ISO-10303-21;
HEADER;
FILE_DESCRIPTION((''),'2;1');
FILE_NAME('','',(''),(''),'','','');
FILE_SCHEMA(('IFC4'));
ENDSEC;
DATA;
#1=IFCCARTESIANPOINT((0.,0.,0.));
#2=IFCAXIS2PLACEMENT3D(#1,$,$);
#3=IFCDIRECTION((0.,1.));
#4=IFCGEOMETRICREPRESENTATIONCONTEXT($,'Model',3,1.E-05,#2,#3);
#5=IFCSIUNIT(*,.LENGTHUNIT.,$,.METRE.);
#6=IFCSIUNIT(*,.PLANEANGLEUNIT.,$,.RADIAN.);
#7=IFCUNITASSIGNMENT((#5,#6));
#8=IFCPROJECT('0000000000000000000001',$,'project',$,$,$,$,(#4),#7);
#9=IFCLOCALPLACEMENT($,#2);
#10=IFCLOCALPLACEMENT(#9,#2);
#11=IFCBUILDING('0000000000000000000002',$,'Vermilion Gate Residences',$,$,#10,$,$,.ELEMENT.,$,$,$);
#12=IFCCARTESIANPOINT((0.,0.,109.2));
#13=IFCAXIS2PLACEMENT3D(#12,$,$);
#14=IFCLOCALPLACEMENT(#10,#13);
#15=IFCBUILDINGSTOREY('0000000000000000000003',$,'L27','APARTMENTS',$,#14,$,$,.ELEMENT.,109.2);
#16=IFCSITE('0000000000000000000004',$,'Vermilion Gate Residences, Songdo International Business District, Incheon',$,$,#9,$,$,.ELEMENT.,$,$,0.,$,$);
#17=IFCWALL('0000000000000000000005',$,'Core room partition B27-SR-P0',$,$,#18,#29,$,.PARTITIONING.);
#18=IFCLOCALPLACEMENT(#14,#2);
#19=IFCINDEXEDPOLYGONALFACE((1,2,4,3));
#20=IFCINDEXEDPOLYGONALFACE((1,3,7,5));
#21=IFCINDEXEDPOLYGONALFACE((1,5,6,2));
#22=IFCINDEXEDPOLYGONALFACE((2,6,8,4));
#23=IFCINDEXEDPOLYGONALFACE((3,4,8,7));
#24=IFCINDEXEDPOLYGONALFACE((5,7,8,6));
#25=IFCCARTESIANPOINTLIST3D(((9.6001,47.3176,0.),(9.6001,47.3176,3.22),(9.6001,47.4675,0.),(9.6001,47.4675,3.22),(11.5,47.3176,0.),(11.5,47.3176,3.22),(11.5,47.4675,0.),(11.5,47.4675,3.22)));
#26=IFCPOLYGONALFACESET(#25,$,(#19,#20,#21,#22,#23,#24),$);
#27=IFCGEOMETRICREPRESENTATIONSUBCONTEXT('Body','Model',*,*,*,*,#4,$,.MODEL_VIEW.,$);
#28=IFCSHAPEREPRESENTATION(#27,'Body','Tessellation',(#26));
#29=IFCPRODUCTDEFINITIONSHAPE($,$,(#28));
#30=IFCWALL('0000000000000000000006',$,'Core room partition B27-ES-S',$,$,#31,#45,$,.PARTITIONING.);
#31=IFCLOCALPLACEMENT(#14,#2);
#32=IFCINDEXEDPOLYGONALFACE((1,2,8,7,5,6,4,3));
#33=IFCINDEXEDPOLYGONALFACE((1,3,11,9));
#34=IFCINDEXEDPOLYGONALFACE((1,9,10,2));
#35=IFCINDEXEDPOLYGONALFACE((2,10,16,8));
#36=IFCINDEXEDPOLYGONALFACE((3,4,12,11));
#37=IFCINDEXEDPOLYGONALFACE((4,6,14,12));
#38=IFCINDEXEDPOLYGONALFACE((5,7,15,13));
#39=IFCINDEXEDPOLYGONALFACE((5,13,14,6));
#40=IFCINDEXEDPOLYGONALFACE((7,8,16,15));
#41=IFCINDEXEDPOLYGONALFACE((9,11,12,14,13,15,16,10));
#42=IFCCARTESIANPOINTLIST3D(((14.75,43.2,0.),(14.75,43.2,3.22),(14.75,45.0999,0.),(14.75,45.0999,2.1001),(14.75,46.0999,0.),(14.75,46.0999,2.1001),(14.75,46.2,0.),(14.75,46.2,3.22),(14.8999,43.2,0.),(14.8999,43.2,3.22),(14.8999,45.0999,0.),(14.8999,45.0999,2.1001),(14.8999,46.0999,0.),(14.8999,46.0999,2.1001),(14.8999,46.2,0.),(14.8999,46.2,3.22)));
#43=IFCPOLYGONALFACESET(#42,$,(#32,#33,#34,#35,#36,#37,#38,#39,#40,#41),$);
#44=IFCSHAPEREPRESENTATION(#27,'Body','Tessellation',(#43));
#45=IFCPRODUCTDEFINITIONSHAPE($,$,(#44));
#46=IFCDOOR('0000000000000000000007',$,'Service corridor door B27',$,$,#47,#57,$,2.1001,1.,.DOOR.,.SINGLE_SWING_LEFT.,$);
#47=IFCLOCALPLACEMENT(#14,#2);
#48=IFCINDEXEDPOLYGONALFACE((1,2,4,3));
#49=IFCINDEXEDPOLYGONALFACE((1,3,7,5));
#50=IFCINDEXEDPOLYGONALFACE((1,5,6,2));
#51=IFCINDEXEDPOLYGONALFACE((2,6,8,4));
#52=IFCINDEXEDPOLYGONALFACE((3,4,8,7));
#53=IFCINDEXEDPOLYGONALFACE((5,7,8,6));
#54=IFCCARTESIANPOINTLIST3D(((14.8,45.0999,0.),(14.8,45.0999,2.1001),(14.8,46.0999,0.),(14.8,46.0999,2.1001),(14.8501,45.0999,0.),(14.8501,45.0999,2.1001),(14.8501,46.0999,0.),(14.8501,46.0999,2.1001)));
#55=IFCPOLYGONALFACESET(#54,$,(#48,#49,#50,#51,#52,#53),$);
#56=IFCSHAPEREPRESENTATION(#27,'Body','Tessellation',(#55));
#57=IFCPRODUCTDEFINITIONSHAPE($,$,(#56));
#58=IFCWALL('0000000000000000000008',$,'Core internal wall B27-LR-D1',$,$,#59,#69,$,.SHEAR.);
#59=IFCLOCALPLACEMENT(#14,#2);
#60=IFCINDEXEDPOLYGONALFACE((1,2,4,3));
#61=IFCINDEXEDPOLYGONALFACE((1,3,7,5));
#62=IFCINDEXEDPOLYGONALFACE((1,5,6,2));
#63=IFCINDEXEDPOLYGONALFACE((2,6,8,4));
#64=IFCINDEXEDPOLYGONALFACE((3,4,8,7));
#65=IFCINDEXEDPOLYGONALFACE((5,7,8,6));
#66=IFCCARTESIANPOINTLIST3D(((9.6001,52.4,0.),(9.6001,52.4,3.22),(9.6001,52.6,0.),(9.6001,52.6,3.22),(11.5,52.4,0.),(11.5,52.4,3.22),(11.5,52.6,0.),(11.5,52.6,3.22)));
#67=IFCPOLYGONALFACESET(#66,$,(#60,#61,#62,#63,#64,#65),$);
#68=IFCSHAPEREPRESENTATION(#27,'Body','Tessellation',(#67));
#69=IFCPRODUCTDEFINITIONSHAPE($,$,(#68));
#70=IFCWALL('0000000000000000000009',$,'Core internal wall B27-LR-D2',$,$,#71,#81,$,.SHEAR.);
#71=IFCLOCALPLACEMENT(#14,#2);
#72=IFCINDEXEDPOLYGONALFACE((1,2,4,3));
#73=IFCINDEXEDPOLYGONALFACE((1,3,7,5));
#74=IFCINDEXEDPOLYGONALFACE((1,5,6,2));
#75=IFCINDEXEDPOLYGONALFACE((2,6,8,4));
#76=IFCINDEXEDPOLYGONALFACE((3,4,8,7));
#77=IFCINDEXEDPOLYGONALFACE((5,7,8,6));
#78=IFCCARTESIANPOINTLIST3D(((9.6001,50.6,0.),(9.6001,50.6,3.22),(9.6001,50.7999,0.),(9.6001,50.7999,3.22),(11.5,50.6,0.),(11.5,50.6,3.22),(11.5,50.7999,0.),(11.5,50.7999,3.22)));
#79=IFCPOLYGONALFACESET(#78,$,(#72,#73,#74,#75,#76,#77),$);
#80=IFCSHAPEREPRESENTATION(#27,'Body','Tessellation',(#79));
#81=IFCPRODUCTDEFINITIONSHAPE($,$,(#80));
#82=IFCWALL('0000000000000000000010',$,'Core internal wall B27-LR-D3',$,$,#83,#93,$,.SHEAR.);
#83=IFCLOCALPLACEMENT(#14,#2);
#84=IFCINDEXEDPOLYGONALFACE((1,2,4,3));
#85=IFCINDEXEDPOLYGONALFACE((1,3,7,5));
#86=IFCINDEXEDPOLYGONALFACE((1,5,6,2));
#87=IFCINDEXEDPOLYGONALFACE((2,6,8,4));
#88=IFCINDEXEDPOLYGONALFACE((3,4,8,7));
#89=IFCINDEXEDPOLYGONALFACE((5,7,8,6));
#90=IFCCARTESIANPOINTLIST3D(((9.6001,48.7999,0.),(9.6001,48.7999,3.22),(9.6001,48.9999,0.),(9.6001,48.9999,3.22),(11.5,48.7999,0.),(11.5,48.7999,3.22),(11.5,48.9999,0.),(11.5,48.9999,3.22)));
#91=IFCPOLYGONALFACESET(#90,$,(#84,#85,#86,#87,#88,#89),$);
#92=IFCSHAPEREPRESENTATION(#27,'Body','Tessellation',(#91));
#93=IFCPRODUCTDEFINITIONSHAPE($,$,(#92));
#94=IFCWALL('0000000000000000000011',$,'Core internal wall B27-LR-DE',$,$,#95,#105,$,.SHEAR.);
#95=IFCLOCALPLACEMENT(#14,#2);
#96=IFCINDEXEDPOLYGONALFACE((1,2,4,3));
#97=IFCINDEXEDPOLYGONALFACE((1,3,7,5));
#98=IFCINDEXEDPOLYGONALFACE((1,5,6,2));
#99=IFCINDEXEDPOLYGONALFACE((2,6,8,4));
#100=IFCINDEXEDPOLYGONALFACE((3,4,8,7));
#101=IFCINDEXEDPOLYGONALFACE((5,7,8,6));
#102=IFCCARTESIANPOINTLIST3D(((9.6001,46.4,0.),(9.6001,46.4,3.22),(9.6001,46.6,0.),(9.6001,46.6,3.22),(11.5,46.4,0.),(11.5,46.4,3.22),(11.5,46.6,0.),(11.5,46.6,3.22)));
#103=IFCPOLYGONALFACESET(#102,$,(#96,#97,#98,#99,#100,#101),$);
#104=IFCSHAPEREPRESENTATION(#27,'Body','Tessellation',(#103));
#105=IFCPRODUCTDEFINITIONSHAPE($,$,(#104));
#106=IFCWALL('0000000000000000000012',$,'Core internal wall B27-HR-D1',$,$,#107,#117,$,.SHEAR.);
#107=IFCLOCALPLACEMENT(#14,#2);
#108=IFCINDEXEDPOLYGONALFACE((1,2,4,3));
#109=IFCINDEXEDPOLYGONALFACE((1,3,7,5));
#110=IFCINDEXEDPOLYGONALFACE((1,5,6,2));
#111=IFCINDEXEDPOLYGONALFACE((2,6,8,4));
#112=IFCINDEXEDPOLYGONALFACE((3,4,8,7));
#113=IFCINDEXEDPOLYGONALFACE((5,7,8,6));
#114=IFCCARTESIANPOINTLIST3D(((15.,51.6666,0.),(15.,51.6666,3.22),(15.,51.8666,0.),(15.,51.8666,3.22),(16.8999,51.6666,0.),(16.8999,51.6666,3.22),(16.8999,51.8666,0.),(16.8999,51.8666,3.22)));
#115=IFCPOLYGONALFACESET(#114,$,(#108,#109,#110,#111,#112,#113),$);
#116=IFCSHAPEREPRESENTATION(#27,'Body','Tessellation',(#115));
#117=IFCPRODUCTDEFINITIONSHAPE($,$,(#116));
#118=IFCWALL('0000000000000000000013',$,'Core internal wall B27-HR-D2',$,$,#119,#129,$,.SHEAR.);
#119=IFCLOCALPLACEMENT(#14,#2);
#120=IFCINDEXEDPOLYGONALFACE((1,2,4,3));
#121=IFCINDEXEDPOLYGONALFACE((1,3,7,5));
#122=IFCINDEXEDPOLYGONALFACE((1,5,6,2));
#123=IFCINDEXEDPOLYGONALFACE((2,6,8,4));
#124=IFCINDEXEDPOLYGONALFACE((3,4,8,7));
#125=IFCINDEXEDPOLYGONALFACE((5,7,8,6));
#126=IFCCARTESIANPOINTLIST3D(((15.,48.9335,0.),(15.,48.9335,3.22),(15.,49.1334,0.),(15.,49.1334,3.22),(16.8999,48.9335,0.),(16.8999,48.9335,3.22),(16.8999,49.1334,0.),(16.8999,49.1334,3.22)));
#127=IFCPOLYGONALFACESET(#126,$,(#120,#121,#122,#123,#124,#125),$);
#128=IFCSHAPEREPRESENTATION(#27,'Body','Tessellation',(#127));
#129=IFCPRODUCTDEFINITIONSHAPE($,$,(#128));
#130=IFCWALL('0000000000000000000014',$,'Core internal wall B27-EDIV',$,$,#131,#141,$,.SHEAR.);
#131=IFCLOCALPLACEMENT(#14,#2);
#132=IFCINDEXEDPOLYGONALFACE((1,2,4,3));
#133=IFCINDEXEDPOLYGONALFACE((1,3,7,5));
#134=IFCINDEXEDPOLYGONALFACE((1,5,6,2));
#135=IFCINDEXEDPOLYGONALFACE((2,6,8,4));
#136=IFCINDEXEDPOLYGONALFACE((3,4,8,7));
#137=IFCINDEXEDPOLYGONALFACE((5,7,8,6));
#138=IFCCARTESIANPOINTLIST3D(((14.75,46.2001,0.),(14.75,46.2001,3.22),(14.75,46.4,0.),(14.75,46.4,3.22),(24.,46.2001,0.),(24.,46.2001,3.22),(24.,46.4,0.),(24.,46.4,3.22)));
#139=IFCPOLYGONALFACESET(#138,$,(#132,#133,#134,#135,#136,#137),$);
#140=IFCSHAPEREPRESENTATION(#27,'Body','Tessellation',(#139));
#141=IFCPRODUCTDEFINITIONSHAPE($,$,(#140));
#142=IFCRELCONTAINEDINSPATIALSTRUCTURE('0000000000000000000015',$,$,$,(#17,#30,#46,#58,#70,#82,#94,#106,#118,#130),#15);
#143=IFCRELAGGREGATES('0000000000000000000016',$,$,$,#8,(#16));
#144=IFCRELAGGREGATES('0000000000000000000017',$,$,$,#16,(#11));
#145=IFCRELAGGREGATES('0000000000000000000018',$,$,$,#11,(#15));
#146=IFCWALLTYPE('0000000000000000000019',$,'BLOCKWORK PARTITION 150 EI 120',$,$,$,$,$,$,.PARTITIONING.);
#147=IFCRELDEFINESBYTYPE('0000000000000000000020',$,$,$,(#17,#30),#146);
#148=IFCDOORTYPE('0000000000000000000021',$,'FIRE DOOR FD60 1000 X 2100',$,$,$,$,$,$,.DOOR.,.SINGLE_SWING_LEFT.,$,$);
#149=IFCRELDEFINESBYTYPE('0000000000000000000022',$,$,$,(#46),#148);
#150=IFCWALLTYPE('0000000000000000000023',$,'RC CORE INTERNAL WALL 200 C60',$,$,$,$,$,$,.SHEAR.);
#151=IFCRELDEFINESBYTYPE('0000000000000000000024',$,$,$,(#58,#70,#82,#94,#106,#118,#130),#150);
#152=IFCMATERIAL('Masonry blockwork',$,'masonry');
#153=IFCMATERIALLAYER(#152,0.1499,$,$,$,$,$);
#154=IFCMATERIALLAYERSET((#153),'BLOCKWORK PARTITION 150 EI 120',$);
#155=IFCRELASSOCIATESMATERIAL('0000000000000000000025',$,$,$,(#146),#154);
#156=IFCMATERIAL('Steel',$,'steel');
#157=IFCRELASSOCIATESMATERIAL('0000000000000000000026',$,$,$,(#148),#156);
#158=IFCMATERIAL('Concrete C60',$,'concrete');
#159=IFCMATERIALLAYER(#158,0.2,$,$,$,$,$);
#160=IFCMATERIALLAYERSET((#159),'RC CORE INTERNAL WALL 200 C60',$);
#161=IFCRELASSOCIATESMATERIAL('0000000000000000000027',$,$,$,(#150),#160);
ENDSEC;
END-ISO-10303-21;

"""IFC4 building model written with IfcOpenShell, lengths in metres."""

from ifc_helpers import new_model, si_unit, direction, frame, frame_2d, origin, place, context, subcontext, project, spatial, rectangle, extrude, material, layer, layer_set, type_object, element, fill, save


model = new_model("IFC4")

# Units and contexts
model_context = context("Model", 3, precision=1e-05, world=origin(), true_north=direction((0.0, 1.0)))
body_context = subcontext(model_context, "Body", "Model", "MODEL_VIEW")
ifc_project = project(units=[si_unit("LENGTHUNIT", "METRE"), si_unit("PLANEANGLEUNIT", "RADIAN")], contexts=[model_context])

# Site, building, storey
site_placement = place(None, origin())
site = spatial("IfcSite", under=ifc_project, at=site_placement, Name="Vermilion Gate Residences, Songdo International Business District, Incheon", CompositionType="ELEMENT", RefElevation=0.0)
building_placement = place(site_placement, origin())
building = spatial("IfcBuilding", under=site, at=building_placement, Name="Vermilion Gate Residences", CompositionType="ELEMENT")
storey_placement = place(building_placement, frame((0.0, 0.0, 109.2)))
storey = spatial("IfcBuildingStorey", under=building, at=storey_placement, Name="L27", Description="APARTMENTS", CompositionType="ELEMENT", Elevation=109.2)

# Wall
ifc_material_1 = material(Name="Masonry blockwork", Category="masonry")
ifc_layer_1 = layer(ifc_material_1, 0.1499)
ifc_layer_set_1 = layer_set([ifc_layer_1], Name="BLOCKWORK PARTITION 150 EI 120")
wall_type_1 = type_object("IfcWallType", Name="BLOCKWORK PARTITION 150 EI 120", PredefinedType="PARTITIONING", material=ifc_layer_set_1)
wall_1_placement = place(storey_placement, frame((9.6001, 47.3926, 0.0), z_axis=(0.0, 0.0, 1.0), x_axis=(1.0, 0.0, 0.0)))
element("IfcWall", 1, at=wall_1_placement, inside=storey, type_object=wall_type_1, Name="Core room partition B27-SR-P0", PredefinedType="PARTITIONING", context=body_context, shape_type="SweptSolid", body=[
    extrude(rectangle(XDim=1.8999, YDim=0.1499, at=frame_2d((0.95, 0.0))), origin(), (0.0, 0.0, 1.0), 3.22),
])

# Wall, opening, door
wall_2_placement = place(storey_placement, frame((14.825, 46.2, 0.0), z_axis=(0.0, 0.0, 1.0), x_axis=(0.0, -1.0, 0.0)))
wall_2 = element("IfcWall", 2, at=wall_2_placement, inside=storey, type_object=wall_type_1, Name="Core room partition B27-ES-S", PredefinedType="PARTITIONING", context=body_context, shape_type="SweptSolid", body=[
    extrude(rectangle(XDim=3.0, YDim=0.1499, at=frame_2d((1.5, 0.0))), origin(), (0.0, 0.0, 1.0), 3.22),
])
opening_placement = place(wall_2_placement, frame((0.1001, 0.0, 0.0)))
opening = element("IfcOpeningElement", 3, at=opening_placement, cuts=wall_2, PredefinedType="OPENING", context=body_context, shape_type="SweptSolid", body=[
    extrude(rectangle(XDim=1.0, YDim=2.1001, at=frame_2d((0.5, 1.05))), frame((0.0, 0.085, 0.0), z_axis=(0.0, -1.0, 0.0), x_axis=(1.0, 0.0, 0.0)), (0.0, 0.0, 1.0), 0.1699),
])
ifc_material_2 = material(Name="Steel", Category="steel")
door_type = type_object("IfcDoorType", Name="FIRE DOOR FD60 1000 X 2100", OperationType="SINGLE_SWING_LEFT", PredefinedType="DOOR", material=ifc_material_2)
door_placement = place(opening_placement, frame((1.0, 0.0, 0.0), z_axis=(0.0, 0.0, 1.0), x_axis=(-1.0, 0.0, 0.0)))
door = element("IfcDoor", 4, at=door_placement, inside=storey, type_object=door_type, Name="Service corridor door B27", OperationType="SINGLE_SWING_LEFT", OverallHeight=2.1001, OverallWidth=1.0, PredefinedType="DOOR", context=body_context, shape_type="SweptSolid", body=[
    extrude(rectangle(XDim=1.0, YDim=2.1001, at=frame_2d((0.5, 1.05))), frame((0.0, 0.0249, 0.0), z_axis=(0.0, -1.0, 0.0), x_axis=(1.0, 0.0, 0.0)), (0.0, 0.0, 1.0), 0.05),
])
fill(opening, door)

# Walls
ifc_material_3 = material(Name="Concrete C60", Category="concrete")
ifc_layer_2 = layer(ifc_material_3, 0.2)
ifc_layer_set_2 = layer_set([ifc_layer_2], Name="RC CORE INTERNAL WALL 200 C60")
wall_type_2 = type_object("IfcWallType", Name="RC CORE INTERNAL WALL 200 C60", PredefinedType="SHEAR", material=ifc_layer_set_2)
for number, where, z_axis, x_axis, name in (
    (5, (9.6001, 52.5, 0.0), (0.0, 0.0, 1.0), (1.0, 0.0, 0.0), "Core internal wall B27-LR-D1"),
    (6, (9.6001, 50.7, 0.0), (0.0, 0.0, 1.0), (1.0, 0.0, 0.0), "Core internal wall B27-LR-D2"),
    (7, (9.6001, 48.8999, 0.0), (0.0, 0.0, 1.0), (1.0, 0.0, 0.0), "Core internal wall B27-LR-D3"),
    (8, (9.6001, 46.5, 0.0), (0.0, 0.0, 1.0), (1.0, 0.0, 0.0), "Core internal wall B27-LR-DE"),
    (9, (15.0, 51.7666, 0.0), (0.0, 0.0, 1.0), (1.0, 0.0, 0.0), "Core internal wall B27-HR-D1"),
    (10, (15.0, 49.0334, 0.0), (0.0, 0.0, 1.0), (1.0, 0.0, 0.0), "Core internal wall B27-HR-D2"),
):
    element("IfcWall", number, at=place(storey_placement, frame(where, z_axis=z_axis, x_axis=x_axis)), inside=storey, type_object=wall_type_2, Name=name, PredefinedType="SHEAR", context=body_context, shape_type="SweptSolid", body=[
        extrude(rectangle(XDim=1.8999, YDim=0.2, at=frame_2d((0.95, 0.0))), origin(), (0.0, 0.0, 1.0), 3.22),
    ])
wall_3_placement = place(storey_placement, frame((14.75, 46.3, 0.0), z_axis=(0.0, 0.0, 1.0), x_axis=(1.0, 0.0, 0.0)))
element("IfcWall", 11, at=wall_3_placement, inside=storey, type_object=wall_type_2, Name="Core internal wall B27-EDIV", PredefinedType="SHEAR", context=body_context, shape_type="SweptSolid", body=[
    extrude(rectangle(XDim=9.25, YDim=0.2, at=frame_2d((4.625, 0.0))), origin(), (0.0, 0.0, 1.0), 3.22),
])

save(model, "model.ifc")
